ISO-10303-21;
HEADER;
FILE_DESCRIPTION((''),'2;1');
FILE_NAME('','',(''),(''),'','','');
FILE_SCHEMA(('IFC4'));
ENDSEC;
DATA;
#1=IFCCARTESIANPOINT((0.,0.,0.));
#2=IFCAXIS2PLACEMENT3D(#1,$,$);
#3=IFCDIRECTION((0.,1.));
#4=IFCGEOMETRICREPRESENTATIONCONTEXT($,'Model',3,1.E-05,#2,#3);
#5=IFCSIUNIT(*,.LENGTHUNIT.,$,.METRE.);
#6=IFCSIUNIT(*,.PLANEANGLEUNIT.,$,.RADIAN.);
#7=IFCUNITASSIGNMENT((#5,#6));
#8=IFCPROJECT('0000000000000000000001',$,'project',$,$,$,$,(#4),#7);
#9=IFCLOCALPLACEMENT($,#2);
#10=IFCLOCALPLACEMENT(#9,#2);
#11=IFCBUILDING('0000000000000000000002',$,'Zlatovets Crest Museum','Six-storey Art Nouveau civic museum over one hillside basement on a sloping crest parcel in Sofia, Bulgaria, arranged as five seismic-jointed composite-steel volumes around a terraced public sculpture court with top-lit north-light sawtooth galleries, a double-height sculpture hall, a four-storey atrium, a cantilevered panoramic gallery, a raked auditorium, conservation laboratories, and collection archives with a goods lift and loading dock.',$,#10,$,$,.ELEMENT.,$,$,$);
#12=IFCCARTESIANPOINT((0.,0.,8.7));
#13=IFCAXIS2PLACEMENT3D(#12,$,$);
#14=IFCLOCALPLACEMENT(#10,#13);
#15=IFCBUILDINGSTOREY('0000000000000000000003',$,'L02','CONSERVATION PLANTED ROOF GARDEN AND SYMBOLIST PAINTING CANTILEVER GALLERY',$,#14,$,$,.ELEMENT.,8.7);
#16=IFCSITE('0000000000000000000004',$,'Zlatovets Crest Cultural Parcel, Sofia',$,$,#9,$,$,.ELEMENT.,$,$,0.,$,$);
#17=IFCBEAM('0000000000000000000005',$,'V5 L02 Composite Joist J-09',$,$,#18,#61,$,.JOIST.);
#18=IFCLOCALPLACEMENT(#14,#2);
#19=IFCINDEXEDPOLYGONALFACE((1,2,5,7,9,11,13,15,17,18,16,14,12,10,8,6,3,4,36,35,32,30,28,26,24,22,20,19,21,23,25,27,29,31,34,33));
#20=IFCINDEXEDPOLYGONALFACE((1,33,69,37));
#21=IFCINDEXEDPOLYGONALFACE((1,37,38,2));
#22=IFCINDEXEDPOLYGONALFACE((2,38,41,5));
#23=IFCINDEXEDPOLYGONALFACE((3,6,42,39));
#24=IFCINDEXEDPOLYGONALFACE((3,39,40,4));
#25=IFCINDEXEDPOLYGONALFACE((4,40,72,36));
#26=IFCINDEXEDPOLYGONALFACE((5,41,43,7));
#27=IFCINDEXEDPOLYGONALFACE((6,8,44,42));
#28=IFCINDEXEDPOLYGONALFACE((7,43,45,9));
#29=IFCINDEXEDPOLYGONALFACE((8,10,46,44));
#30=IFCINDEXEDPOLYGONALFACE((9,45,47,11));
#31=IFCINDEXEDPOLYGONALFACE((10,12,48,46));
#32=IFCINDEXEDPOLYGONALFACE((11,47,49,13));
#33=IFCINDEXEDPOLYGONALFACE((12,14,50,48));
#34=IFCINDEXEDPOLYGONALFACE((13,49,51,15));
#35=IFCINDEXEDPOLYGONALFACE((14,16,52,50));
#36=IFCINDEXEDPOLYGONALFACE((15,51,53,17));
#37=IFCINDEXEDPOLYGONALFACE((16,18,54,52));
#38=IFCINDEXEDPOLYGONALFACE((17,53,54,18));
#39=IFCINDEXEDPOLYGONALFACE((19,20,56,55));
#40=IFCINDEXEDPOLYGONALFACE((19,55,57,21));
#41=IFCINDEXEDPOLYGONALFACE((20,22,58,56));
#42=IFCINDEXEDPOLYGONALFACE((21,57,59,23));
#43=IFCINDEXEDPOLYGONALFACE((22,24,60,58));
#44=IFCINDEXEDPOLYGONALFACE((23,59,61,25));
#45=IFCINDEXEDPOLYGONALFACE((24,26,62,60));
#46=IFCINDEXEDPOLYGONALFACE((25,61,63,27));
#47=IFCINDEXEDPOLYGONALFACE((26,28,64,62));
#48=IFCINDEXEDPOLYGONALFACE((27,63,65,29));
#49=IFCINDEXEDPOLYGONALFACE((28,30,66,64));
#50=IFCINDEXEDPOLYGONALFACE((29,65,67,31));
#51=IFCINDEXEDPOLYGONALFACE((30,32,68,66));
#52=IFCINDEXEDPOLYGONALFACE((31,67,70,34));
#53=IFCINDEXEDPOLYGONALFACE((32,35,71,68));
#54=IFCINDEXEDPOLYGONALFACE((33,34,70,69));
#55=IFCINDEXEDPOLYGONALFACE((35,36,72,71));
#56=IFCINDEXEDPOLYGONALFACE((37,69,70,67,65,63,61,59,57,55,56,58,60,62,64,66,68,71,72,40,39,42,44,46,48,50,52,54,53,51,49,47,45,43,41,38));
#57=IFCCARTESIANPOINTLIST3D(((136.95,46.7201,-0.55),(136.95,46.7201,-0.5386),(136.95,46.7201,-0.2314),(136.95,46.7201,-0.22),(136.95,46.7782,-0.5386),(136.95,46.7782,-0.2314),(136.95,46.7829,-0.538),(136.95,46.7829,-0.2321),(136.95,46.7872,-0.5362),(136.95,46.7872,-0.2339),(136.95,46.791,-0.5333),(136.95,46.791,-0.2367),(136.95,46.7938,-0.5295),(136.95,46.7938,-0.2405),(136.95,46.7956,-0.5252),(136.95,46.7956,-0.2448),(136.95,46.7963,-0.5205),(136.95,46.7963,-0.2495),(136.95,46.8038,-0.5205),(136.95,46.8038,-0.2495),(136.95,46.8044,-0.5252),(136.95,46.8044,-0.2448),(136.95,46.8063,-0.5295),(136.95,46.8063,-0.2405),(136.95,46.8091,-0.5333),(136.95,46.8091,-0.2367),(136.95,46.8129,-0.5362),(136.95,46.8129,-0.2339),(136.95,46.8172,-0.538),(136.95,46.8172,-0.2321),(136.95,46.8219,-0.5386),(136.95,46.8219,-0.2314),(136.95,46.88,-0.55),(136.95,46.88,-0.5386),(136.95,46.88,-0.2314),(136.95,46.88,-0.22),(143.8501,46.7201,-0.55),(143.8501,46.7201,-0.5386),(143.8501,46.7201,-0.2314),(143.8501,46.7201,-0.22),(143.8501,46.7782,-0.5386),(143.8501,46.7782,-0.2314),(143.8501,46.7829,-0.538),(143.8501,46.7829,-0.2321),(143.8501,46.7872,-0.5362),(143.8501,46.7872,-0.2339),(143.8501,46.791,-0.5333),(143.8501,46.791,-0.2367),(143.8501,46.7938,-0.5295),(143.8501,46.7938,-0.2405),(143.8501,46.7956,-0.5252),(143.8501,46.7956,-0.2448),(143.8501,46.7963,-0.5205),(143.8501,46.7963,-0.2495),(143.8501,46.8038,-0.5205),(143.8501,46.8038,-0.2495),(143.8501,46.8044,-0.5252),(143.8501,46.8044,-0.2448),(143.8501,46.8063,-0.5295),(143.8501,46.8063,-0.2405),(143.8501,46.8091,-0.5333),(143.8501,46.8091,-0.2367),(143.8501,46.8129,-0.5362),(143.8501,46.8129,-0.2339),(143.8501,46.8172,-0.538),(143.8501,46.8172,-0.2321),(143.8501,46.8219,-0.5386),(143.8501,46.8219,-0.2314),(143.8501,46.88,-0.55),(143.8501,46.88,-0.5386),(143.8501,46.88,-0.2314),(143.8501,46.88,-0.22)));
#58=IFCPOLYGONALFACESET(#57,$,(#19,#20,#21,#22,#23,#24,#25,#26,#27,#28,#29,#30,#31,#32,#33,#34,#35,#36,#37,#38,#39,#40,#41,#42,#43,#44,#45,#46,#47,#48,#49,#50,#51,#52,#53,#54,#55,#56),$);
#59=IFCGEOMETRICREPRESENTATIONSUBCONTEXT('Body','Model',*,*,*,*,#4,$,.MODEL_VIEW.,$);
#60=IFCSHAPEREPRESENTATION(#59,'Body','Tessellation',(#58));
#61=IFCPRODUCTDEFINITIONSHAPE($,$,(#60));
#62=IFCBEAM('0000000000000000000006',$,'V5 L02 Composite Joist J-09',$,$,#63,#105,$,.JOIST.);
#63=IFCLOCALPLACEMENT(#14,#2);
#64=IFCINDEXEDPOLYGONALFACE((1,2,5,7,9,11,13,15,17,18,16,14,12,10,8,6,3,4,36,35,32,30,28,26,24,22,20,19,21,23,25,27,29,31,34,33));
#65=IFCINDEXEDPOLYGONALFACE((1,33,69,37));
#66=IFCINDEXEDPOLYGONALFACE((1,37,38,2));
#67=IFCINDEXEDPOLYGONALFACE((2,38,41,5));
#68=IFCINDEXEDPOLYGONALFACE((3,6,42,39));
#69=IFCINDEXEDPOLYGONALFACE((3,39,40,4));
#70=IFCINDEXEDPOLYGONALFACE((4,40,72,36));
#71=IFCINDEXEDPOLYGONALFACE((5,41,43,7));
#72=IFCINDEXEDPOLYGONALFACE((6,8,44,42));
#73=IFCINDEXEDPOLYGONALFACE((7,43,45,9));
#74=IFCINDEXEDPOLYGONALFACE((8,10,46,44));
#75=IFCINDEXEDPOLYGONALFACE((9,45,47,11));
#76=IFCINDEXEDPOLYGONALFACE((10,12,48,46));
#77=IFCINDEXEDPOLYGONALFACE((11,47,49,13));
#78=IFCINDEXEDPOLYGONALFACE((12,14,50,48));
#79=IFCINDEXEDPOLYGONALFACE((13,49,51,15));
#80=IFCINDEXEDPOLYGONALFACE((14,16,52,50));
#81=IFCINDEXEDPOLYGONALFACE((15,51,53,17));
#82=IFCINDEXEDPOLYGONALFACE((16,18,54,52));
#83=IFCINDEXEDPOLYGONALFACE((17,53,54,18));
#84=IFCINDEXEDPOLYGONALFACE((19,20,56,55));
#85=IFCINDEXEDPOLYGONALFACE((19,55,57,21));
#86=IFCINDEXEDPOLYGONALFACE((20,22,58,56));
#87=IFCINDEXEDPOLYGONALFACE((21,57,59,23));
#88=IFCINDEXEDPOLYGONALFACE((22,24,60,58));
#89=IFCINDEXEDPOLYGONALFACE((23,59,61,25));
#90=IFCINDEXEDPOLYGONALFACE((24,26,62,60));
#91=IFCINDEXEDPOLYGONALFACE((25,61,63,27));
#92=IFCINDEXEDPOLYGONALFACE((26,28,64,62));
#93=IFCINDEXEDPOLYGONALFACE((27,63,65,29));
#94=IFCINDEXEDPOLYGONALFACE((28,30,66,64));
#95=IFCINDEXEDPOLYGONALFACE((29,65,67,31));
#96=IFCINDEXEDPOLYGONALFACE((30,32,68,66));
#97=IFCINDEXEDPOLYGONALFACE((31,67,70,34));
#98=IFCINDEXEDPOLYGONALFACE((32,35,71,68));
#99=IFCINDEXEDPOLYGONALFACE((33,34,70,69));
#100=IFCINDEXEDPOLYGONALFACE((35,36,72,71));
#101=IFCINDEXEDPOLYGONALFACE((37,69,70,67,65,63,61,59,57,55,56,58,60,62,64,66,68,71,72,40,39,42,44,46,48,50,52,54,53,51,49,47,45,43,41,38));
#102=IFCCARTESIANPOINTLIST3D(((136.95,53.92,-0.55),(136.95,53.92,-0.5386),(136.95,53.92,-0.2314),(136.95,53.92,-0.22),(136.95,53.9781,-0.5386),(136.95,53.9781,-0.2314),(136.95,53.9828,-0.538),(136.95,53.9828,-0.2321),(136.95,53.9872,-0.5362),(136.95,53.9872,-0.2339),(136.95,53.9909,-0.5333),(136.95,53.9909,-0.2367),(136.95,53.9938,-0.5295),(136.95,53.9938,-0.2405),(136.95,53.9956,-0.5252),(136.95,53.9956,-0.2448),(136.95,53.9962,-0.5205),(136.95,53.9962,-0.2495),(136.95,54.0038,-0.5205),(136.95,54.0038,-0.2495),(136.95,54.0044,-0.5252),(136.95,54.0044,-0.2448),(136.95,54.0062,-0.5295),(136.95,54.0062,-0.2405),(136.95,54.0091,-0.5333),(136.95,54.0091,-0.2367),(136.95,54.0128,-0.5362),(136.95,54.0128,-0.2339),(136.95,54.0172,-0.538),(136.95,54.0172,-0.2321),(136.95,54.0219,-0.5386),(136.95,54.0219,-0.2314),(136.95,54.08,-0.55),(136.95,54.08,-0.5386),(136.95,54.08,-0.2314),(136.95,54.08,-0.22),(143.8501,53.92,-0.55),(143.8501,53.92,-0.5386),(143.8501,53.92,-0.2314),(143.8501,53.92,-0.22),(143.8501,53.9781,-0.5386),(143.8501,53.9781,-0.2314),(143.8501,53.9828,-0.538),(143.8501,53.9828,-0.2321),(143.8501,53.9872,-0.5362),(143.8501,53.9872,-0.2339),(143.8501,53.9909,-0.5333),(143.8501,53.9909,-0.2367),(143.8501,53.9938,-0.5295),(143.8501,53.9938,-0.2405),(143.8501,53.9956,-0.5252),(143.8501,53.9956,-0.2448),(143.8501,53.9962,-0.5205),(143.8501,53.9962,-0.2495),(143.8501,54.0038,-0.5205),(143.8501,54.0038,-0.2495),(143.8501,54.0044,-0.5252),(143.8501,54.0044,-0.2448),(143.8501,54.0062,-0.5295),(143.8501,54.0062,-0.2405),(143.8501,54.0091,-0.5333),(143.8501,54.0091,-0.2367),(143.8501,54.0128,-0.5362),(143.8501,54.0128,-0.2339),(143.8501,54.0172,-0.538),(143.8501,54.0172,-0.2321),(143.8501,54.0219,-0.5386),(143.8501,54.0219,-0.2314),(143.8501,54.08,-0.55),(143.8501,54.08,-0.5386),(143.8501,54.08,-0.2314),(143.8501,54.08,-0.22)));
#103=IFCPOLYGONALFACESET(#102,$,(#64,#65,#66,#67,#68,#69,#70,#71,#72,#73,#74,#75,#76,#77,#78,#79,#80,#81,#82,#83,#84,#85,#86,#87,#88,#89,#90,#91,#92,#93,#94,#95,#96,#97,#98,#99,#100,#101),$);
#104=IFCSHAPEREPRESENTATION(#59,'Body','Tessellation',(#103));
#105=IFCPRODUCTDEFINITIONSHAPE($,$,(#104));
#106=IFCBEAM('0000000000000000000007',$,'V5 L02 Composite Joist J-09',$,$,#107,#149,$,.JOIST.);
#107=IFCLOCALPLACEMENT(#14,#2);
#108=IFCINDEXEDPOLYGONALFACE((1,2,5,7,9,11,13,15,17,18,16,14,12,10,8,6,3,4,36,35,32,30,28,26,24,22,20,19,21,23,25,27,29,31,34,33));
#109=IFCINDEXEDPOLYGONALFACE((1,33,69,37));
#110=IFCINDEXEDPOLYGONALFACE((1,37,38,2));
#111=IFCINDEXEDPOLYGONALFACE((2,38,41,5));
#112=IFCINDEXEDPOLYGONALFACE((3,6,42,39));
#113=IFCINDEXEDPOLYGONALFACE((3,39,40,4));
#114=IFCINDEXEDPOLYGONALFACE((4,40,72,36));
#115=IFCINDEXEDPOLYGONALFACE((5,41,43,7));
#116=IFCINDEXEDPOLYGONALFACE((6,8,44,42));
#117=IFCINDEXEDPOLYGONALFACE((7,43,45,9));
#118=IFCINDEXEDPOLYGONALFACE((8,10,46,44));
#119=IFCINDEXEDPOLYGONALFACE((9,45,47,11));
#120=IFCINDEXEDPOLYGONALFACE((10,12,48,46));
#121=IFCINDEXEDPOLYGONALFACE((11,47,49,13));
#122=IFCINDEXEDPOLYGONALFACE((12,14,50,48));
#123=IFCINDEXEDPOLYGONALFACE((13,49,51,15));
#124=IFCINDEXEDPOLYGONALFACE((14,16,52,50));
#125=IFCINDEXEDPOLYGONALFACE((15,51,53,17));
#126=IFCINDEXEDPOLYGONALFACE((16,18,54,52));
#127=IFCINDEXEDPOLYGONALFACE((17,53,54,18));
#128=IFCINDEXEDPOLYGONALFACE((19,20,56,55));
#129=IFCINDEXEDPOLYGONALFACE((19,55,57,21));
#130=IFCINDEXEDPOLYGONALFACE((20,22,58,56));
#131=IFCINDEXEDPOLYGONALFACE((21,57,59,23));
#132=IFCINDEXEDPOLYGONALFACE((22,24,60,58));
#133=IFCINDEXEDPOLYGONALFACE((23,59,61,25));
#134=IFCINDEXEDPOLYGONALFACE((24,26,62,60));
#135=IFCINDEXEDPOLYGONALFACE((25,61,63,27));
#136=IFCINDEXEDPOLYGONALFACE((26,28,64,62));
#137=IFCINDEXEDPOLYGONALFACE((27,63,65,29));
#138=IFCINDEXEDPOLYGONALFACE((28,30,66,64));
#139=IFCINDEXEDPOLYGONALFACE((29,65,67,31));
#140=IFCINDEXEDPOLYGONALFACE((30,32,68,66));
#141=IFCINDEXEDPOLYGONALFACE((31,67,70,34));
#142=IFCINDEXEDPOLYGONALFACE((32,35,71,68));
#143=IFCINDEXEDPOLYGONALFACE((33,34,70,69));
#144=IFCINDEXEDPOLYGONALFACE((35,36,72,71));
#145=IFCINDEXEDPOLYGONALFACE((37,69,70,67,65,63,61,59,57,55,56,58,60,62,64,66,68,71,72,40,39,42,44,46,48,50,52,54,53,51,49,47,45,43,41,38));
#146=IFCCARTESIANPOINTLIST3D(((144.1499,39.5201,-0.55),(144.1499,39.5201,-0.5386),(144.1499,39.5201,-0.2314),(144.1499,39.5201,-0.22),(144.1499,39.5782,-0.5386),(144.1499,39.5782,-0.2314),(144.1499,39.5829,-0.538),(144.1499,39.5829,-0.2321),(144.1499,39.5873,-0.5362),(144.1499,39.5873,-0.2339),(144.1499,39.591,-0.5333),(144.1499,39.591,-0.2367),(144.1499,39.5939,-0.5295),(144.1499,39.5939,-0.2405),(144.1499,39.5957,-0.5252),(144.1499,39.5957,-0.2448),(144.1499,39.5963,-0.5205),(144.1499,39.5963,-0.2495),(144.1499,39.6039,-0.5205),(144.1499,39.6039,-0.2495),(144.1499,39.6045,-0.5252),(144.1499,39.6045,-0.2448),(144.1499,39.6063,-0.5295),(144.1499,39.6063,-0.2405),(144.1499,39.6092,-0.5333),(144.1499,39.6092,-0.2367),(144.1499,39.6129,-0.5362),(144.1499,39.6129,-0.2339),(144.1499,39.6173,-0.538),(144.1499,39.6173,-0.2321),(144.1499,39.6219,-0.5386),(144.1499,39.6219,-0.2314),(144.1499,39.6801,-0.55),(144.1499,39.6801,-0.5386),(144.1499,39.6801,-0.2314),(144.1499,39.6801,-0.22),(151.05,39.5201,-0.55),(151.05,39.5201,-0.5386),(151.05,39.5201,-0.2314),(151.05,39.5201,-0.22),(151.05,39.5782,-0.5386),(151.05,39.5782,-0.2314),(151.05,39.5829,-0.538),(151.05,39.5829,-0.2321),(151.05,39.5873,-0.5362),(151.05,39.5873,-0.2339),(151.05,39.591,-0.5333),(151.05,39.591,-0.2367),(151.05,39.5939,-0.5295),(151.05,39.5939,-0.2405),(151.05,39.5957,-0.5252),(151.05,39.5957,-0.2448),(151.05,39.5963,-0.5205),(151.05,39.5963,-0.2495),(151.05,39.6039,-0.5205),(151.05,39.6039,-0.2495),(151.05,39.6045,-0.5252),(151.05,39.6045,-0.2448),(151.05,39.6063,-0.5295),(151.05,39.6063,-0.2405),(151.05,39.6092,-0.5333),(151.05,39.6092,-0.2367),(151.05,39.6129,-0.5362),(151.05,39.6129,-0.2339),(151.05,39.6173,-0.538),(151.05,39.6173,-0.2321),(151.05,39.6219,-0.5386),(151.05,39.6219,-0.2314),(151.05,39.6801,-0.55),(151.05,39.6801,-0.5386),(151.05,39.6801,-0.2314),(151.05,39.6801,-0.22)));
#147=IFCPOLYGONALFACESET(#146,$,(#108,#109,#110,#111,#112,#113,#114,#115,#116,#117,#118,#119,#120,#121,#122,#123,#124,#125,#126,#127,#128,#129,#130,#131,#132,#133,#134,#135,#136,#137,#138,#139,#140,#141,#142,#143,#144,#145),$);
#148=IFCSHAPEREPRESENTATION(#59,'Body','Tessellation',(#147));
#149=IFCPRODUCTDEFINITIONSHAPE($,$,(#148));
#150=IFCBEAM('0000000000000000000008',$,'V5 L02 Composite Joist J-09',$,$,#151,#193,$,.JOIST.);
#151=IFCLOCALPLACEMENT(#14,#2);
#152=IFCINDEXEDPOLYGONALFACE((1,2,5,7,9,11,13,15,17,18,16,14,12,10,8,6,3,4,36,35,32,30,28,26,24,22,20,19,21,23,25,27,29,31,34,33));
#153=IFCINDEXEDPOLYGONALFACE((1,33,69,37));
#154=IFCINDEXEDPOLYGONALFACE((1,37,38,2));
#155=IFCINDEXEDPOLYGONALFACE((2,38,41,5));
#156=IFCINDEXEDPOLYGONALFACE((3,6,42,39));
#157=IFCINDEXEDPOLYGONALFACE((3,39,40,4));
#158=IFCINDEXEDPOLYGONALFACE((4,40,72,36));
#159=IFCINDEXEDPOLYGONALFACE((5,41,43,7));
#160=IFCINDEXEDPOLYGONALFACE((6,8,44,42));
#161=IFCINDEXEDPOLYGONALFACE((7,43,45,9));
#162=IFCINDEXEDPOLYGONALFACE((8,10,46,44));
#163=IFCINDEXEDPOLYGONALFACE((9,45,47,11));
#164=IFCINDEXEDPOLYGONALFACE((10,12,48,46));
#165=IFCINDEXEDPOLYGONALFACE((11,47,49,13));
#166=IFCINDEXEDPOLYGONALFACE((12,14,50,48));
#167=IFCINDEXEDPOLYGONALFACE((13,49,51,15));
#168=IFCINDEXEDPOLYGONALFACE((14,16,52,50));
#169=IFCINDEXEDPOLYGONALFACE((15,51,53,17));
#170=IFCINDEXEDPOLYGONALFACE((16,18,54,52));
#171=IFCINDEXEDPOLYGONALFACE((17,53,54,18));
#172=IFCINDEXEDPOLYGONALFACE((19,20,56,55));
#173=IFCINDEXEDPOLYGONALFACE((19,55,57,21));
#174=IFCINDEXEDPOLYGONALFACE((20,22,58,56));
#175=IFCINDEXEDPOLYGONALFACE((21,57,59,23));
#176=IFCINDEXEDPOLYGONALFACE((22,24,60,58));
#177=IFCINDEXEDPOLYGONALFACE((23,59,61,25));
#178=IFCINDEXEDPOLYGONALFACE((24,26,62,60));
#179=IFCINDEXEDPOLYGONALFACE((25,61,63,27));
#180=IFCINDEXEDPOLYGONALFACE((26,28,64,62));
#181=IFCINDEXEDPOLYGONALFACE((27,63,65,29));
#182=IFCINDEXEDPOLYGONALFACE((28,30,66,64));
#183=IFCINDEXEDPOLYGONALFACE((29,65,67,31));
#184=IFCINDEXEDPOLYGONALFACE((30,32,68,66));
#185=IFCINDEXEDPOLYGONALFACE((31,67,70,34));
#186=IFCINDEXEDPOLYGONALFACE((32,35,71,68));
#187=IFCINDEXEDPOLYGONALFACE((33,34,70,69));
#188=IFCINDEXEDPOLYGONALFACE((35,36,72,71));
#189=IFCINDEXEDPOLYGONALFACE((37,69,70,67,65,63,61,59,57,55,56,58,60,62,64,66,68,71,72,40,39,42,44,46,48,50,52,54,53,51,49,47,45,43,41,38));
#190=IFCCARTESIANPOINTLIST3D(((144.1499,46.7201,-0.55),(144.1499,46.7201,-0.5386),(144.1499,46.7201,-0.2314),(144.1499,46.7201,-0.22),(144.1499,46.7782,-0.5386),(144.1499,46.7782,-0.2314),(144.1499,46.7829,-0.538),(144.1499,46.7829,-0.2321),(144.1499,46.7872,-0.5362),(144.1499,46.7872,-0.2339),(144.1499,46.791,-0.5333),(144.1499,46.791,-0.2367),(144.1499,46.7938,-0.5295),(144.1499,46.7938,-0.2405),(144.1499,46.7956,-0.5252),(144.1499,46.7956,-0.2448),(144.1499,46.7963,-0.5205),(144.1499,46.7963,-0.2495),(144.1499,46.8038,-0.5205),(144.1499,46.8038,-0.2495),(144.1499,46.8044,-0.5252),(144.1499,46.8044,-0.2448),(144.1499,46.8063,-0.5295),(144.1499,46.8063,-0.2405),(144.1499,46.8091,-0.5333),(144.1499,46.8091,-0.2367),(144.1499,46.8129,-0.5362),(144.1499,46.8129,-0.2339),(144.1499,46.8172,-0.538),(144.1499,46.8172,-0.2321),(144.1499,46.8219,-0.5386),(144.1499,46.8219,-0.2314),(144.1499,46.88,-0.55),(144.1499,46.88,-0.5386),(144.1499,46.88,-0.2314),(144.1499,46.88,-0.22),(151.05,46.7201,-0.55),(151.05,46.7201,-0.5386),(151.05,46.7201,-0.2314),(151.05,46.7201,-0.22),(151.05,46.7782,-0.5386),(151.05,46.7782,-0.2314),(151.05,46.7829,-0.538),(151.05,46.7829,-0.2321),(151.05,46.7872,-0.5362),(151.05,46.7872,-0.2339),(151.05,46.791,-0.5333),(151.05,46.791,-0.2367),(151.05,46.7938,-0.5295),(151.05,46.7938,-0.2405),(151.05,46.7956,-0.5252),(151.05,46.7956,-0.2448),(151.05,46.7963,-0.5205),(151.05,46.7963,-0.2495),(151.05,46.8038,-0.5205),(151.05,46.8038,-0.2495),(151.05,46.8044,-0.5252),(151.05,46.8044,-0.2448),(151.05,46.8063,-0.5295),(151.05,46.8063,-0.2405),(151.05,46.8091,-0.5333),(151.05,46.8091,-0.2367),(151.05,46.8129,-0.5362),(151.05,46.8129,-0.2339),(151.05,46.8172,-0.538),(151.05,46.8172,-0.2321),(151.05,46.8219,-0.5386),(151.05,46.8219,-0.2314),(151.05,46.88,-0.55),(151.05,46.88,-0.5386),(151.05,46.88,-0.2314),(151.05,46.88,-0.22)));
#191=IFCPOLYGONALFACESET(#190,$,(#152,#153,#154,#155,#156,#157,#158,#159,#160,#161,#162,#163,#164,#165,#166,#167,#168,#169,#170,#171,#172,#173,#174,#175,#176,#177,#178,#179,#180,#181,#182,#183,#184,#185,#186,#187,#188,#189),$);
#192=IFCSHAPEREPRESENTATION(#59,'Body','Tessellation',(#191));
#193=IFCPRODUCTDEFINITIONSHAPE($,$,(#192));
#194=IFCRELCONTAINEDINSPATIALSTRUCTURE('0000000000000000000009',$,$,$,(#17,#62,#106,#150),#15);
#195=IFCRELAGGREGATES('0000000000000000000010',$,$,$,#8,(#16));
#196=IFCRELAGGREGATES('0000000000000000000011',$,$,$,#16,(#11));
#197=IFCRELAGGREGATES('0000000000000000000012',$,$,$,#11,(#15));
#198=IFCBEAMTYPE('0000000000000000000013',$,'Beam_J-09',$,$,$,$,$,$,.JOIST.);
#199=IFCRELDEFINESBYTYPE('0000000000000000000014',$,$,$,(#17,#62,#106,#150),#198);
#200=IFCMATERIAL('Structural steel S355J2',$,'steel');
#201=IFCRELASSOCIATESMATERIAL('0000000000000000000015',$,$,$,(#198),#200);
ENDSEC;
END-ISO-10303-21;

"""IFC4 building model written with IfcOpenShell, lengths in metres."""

from ifc_helpers import new_model, si_unit, direction, frame, origin, origin_2d, place, context, subcontext, project, spatial, i_section, extrude, material, material_profile, profile_set, type_object, element, save


model = new_model("IFC4")

# Units and contexts
model_context = context("Model", 3, precision=1e-05, world=origin(), true_north=direction((0.0, 1.0)))
body_context = subcontext(model_context, "Body", "Model", "MODEL_VIEW")
ifc_project = project(units=[si_unit("LENGTHUNIT", "METRE"), si_unit("PLANEANGLEUNIT", "RADIAN")], contexts=[model_context])

# Site, building, storey
site_placement = place(None, origin())
site = spatial("IfcSite", under=ifc_project, at=site_placement, Name="Zlatovets Crest Cultural Parcel, Sofia", CompositionType="ELEMENT", RefElevation=0.0)
building_placement = place(site_placement, origin())
building = spatial("IfcBuilding", under=site, at=building_placement, Name="Zlatovets Crest Museum", Description="Six-storey Art Nouveau civic museum over one hillside basement on a sloping crest parcel in Sofia, Bulgaria, arranged as five seismic-jointed composite-steel volumes around a terraced public sculpture court with top-lit north-light sawtooth galleries, a double-height sculpture hall, a four-storey atrium, a cantilevered panoramic gallery, a raked auditorium, conservation laboratories, and collection archives with a goods lift and loading dock.", CompositionType="ELEMENT")
storey_placement = place(building_placement, frame((0.0, 0.0, 8.7)))
storey = spatial("IfcBuildingStorey", under=building, at=storey_placement, Name="L02", Description="CONSERVATION PLANTED ROOF GARDEN AND SYMBOLIST PAINTING CANTILEVER GALLERY", CompositionType="ELEMENT", Elevation=8.7)

# Shared definitions
ifc_material_1 = material(Name="Structural steel S355J2", Category="steel")

# Beams
ifc_material_profile_1 = material_profile(ifc_material_1, i_section(OverallWidth=0.1599, OverallDepth=0.3301, WebThickness=0.0076, FlangeThickness=0.0115, FilletRadius=0.0181, at=origin_2d()), Name="IPE 330")
ifc_profile_set_1 = profile_set([ifc_material_profile_1], Name="Structural steel S355J2")
beam_type_1 = type_object("IfcBeamType", Name="Beam_J-09", PredefinedType="JOIST", material=ifc_profile_set_1)
for number, where, z_axis, x_axis, name in (
    (1, (136.95, 46.8, -0.385), (1.0, 0.0, 0.0), (0.0, 1.0, 0.0), "V5 L02 Composite Joist J-09"),
    (2, (136.95, 54.0, -0.385), (1.0, 0.0, 0.0), (0.0, 1.0, 0.0), "V5 L02 Composite Joist J-09"),
    (3, (144.1499, 39.6001, -0.385), (1.0, 0.0, 0.0), (0.0, 1.0, 0.0), "V5 L02 Composite Joist J-09"),
    (4, (144.1499, 46.8, -0.385), (1.0, 0.0, 0.0), (0.0, 1.0, 0.0), "V5 L02 Composite Joist J-09"),
):
    element("IfcBeam", number, at=place(storey_placement, frame(where, z_axis=z_axis, x_axis=x_axis)), inside=storey, type_object=beam_type_1, Name=name, PredefinedType="JOIST", context=body_context, shape_type="SweptSolid", body=[
        extrude(i_section(OverallWidth=0.1599, OverallDepth=0.3301, WebThickness=0.0076, FlangeThickness=0.0115, FilletRadius=0.0181, at=origin_2d()), origin(), (0.0, 0.0, 1.0), 6.9001),
    ])

save(model, "model.ifc")
